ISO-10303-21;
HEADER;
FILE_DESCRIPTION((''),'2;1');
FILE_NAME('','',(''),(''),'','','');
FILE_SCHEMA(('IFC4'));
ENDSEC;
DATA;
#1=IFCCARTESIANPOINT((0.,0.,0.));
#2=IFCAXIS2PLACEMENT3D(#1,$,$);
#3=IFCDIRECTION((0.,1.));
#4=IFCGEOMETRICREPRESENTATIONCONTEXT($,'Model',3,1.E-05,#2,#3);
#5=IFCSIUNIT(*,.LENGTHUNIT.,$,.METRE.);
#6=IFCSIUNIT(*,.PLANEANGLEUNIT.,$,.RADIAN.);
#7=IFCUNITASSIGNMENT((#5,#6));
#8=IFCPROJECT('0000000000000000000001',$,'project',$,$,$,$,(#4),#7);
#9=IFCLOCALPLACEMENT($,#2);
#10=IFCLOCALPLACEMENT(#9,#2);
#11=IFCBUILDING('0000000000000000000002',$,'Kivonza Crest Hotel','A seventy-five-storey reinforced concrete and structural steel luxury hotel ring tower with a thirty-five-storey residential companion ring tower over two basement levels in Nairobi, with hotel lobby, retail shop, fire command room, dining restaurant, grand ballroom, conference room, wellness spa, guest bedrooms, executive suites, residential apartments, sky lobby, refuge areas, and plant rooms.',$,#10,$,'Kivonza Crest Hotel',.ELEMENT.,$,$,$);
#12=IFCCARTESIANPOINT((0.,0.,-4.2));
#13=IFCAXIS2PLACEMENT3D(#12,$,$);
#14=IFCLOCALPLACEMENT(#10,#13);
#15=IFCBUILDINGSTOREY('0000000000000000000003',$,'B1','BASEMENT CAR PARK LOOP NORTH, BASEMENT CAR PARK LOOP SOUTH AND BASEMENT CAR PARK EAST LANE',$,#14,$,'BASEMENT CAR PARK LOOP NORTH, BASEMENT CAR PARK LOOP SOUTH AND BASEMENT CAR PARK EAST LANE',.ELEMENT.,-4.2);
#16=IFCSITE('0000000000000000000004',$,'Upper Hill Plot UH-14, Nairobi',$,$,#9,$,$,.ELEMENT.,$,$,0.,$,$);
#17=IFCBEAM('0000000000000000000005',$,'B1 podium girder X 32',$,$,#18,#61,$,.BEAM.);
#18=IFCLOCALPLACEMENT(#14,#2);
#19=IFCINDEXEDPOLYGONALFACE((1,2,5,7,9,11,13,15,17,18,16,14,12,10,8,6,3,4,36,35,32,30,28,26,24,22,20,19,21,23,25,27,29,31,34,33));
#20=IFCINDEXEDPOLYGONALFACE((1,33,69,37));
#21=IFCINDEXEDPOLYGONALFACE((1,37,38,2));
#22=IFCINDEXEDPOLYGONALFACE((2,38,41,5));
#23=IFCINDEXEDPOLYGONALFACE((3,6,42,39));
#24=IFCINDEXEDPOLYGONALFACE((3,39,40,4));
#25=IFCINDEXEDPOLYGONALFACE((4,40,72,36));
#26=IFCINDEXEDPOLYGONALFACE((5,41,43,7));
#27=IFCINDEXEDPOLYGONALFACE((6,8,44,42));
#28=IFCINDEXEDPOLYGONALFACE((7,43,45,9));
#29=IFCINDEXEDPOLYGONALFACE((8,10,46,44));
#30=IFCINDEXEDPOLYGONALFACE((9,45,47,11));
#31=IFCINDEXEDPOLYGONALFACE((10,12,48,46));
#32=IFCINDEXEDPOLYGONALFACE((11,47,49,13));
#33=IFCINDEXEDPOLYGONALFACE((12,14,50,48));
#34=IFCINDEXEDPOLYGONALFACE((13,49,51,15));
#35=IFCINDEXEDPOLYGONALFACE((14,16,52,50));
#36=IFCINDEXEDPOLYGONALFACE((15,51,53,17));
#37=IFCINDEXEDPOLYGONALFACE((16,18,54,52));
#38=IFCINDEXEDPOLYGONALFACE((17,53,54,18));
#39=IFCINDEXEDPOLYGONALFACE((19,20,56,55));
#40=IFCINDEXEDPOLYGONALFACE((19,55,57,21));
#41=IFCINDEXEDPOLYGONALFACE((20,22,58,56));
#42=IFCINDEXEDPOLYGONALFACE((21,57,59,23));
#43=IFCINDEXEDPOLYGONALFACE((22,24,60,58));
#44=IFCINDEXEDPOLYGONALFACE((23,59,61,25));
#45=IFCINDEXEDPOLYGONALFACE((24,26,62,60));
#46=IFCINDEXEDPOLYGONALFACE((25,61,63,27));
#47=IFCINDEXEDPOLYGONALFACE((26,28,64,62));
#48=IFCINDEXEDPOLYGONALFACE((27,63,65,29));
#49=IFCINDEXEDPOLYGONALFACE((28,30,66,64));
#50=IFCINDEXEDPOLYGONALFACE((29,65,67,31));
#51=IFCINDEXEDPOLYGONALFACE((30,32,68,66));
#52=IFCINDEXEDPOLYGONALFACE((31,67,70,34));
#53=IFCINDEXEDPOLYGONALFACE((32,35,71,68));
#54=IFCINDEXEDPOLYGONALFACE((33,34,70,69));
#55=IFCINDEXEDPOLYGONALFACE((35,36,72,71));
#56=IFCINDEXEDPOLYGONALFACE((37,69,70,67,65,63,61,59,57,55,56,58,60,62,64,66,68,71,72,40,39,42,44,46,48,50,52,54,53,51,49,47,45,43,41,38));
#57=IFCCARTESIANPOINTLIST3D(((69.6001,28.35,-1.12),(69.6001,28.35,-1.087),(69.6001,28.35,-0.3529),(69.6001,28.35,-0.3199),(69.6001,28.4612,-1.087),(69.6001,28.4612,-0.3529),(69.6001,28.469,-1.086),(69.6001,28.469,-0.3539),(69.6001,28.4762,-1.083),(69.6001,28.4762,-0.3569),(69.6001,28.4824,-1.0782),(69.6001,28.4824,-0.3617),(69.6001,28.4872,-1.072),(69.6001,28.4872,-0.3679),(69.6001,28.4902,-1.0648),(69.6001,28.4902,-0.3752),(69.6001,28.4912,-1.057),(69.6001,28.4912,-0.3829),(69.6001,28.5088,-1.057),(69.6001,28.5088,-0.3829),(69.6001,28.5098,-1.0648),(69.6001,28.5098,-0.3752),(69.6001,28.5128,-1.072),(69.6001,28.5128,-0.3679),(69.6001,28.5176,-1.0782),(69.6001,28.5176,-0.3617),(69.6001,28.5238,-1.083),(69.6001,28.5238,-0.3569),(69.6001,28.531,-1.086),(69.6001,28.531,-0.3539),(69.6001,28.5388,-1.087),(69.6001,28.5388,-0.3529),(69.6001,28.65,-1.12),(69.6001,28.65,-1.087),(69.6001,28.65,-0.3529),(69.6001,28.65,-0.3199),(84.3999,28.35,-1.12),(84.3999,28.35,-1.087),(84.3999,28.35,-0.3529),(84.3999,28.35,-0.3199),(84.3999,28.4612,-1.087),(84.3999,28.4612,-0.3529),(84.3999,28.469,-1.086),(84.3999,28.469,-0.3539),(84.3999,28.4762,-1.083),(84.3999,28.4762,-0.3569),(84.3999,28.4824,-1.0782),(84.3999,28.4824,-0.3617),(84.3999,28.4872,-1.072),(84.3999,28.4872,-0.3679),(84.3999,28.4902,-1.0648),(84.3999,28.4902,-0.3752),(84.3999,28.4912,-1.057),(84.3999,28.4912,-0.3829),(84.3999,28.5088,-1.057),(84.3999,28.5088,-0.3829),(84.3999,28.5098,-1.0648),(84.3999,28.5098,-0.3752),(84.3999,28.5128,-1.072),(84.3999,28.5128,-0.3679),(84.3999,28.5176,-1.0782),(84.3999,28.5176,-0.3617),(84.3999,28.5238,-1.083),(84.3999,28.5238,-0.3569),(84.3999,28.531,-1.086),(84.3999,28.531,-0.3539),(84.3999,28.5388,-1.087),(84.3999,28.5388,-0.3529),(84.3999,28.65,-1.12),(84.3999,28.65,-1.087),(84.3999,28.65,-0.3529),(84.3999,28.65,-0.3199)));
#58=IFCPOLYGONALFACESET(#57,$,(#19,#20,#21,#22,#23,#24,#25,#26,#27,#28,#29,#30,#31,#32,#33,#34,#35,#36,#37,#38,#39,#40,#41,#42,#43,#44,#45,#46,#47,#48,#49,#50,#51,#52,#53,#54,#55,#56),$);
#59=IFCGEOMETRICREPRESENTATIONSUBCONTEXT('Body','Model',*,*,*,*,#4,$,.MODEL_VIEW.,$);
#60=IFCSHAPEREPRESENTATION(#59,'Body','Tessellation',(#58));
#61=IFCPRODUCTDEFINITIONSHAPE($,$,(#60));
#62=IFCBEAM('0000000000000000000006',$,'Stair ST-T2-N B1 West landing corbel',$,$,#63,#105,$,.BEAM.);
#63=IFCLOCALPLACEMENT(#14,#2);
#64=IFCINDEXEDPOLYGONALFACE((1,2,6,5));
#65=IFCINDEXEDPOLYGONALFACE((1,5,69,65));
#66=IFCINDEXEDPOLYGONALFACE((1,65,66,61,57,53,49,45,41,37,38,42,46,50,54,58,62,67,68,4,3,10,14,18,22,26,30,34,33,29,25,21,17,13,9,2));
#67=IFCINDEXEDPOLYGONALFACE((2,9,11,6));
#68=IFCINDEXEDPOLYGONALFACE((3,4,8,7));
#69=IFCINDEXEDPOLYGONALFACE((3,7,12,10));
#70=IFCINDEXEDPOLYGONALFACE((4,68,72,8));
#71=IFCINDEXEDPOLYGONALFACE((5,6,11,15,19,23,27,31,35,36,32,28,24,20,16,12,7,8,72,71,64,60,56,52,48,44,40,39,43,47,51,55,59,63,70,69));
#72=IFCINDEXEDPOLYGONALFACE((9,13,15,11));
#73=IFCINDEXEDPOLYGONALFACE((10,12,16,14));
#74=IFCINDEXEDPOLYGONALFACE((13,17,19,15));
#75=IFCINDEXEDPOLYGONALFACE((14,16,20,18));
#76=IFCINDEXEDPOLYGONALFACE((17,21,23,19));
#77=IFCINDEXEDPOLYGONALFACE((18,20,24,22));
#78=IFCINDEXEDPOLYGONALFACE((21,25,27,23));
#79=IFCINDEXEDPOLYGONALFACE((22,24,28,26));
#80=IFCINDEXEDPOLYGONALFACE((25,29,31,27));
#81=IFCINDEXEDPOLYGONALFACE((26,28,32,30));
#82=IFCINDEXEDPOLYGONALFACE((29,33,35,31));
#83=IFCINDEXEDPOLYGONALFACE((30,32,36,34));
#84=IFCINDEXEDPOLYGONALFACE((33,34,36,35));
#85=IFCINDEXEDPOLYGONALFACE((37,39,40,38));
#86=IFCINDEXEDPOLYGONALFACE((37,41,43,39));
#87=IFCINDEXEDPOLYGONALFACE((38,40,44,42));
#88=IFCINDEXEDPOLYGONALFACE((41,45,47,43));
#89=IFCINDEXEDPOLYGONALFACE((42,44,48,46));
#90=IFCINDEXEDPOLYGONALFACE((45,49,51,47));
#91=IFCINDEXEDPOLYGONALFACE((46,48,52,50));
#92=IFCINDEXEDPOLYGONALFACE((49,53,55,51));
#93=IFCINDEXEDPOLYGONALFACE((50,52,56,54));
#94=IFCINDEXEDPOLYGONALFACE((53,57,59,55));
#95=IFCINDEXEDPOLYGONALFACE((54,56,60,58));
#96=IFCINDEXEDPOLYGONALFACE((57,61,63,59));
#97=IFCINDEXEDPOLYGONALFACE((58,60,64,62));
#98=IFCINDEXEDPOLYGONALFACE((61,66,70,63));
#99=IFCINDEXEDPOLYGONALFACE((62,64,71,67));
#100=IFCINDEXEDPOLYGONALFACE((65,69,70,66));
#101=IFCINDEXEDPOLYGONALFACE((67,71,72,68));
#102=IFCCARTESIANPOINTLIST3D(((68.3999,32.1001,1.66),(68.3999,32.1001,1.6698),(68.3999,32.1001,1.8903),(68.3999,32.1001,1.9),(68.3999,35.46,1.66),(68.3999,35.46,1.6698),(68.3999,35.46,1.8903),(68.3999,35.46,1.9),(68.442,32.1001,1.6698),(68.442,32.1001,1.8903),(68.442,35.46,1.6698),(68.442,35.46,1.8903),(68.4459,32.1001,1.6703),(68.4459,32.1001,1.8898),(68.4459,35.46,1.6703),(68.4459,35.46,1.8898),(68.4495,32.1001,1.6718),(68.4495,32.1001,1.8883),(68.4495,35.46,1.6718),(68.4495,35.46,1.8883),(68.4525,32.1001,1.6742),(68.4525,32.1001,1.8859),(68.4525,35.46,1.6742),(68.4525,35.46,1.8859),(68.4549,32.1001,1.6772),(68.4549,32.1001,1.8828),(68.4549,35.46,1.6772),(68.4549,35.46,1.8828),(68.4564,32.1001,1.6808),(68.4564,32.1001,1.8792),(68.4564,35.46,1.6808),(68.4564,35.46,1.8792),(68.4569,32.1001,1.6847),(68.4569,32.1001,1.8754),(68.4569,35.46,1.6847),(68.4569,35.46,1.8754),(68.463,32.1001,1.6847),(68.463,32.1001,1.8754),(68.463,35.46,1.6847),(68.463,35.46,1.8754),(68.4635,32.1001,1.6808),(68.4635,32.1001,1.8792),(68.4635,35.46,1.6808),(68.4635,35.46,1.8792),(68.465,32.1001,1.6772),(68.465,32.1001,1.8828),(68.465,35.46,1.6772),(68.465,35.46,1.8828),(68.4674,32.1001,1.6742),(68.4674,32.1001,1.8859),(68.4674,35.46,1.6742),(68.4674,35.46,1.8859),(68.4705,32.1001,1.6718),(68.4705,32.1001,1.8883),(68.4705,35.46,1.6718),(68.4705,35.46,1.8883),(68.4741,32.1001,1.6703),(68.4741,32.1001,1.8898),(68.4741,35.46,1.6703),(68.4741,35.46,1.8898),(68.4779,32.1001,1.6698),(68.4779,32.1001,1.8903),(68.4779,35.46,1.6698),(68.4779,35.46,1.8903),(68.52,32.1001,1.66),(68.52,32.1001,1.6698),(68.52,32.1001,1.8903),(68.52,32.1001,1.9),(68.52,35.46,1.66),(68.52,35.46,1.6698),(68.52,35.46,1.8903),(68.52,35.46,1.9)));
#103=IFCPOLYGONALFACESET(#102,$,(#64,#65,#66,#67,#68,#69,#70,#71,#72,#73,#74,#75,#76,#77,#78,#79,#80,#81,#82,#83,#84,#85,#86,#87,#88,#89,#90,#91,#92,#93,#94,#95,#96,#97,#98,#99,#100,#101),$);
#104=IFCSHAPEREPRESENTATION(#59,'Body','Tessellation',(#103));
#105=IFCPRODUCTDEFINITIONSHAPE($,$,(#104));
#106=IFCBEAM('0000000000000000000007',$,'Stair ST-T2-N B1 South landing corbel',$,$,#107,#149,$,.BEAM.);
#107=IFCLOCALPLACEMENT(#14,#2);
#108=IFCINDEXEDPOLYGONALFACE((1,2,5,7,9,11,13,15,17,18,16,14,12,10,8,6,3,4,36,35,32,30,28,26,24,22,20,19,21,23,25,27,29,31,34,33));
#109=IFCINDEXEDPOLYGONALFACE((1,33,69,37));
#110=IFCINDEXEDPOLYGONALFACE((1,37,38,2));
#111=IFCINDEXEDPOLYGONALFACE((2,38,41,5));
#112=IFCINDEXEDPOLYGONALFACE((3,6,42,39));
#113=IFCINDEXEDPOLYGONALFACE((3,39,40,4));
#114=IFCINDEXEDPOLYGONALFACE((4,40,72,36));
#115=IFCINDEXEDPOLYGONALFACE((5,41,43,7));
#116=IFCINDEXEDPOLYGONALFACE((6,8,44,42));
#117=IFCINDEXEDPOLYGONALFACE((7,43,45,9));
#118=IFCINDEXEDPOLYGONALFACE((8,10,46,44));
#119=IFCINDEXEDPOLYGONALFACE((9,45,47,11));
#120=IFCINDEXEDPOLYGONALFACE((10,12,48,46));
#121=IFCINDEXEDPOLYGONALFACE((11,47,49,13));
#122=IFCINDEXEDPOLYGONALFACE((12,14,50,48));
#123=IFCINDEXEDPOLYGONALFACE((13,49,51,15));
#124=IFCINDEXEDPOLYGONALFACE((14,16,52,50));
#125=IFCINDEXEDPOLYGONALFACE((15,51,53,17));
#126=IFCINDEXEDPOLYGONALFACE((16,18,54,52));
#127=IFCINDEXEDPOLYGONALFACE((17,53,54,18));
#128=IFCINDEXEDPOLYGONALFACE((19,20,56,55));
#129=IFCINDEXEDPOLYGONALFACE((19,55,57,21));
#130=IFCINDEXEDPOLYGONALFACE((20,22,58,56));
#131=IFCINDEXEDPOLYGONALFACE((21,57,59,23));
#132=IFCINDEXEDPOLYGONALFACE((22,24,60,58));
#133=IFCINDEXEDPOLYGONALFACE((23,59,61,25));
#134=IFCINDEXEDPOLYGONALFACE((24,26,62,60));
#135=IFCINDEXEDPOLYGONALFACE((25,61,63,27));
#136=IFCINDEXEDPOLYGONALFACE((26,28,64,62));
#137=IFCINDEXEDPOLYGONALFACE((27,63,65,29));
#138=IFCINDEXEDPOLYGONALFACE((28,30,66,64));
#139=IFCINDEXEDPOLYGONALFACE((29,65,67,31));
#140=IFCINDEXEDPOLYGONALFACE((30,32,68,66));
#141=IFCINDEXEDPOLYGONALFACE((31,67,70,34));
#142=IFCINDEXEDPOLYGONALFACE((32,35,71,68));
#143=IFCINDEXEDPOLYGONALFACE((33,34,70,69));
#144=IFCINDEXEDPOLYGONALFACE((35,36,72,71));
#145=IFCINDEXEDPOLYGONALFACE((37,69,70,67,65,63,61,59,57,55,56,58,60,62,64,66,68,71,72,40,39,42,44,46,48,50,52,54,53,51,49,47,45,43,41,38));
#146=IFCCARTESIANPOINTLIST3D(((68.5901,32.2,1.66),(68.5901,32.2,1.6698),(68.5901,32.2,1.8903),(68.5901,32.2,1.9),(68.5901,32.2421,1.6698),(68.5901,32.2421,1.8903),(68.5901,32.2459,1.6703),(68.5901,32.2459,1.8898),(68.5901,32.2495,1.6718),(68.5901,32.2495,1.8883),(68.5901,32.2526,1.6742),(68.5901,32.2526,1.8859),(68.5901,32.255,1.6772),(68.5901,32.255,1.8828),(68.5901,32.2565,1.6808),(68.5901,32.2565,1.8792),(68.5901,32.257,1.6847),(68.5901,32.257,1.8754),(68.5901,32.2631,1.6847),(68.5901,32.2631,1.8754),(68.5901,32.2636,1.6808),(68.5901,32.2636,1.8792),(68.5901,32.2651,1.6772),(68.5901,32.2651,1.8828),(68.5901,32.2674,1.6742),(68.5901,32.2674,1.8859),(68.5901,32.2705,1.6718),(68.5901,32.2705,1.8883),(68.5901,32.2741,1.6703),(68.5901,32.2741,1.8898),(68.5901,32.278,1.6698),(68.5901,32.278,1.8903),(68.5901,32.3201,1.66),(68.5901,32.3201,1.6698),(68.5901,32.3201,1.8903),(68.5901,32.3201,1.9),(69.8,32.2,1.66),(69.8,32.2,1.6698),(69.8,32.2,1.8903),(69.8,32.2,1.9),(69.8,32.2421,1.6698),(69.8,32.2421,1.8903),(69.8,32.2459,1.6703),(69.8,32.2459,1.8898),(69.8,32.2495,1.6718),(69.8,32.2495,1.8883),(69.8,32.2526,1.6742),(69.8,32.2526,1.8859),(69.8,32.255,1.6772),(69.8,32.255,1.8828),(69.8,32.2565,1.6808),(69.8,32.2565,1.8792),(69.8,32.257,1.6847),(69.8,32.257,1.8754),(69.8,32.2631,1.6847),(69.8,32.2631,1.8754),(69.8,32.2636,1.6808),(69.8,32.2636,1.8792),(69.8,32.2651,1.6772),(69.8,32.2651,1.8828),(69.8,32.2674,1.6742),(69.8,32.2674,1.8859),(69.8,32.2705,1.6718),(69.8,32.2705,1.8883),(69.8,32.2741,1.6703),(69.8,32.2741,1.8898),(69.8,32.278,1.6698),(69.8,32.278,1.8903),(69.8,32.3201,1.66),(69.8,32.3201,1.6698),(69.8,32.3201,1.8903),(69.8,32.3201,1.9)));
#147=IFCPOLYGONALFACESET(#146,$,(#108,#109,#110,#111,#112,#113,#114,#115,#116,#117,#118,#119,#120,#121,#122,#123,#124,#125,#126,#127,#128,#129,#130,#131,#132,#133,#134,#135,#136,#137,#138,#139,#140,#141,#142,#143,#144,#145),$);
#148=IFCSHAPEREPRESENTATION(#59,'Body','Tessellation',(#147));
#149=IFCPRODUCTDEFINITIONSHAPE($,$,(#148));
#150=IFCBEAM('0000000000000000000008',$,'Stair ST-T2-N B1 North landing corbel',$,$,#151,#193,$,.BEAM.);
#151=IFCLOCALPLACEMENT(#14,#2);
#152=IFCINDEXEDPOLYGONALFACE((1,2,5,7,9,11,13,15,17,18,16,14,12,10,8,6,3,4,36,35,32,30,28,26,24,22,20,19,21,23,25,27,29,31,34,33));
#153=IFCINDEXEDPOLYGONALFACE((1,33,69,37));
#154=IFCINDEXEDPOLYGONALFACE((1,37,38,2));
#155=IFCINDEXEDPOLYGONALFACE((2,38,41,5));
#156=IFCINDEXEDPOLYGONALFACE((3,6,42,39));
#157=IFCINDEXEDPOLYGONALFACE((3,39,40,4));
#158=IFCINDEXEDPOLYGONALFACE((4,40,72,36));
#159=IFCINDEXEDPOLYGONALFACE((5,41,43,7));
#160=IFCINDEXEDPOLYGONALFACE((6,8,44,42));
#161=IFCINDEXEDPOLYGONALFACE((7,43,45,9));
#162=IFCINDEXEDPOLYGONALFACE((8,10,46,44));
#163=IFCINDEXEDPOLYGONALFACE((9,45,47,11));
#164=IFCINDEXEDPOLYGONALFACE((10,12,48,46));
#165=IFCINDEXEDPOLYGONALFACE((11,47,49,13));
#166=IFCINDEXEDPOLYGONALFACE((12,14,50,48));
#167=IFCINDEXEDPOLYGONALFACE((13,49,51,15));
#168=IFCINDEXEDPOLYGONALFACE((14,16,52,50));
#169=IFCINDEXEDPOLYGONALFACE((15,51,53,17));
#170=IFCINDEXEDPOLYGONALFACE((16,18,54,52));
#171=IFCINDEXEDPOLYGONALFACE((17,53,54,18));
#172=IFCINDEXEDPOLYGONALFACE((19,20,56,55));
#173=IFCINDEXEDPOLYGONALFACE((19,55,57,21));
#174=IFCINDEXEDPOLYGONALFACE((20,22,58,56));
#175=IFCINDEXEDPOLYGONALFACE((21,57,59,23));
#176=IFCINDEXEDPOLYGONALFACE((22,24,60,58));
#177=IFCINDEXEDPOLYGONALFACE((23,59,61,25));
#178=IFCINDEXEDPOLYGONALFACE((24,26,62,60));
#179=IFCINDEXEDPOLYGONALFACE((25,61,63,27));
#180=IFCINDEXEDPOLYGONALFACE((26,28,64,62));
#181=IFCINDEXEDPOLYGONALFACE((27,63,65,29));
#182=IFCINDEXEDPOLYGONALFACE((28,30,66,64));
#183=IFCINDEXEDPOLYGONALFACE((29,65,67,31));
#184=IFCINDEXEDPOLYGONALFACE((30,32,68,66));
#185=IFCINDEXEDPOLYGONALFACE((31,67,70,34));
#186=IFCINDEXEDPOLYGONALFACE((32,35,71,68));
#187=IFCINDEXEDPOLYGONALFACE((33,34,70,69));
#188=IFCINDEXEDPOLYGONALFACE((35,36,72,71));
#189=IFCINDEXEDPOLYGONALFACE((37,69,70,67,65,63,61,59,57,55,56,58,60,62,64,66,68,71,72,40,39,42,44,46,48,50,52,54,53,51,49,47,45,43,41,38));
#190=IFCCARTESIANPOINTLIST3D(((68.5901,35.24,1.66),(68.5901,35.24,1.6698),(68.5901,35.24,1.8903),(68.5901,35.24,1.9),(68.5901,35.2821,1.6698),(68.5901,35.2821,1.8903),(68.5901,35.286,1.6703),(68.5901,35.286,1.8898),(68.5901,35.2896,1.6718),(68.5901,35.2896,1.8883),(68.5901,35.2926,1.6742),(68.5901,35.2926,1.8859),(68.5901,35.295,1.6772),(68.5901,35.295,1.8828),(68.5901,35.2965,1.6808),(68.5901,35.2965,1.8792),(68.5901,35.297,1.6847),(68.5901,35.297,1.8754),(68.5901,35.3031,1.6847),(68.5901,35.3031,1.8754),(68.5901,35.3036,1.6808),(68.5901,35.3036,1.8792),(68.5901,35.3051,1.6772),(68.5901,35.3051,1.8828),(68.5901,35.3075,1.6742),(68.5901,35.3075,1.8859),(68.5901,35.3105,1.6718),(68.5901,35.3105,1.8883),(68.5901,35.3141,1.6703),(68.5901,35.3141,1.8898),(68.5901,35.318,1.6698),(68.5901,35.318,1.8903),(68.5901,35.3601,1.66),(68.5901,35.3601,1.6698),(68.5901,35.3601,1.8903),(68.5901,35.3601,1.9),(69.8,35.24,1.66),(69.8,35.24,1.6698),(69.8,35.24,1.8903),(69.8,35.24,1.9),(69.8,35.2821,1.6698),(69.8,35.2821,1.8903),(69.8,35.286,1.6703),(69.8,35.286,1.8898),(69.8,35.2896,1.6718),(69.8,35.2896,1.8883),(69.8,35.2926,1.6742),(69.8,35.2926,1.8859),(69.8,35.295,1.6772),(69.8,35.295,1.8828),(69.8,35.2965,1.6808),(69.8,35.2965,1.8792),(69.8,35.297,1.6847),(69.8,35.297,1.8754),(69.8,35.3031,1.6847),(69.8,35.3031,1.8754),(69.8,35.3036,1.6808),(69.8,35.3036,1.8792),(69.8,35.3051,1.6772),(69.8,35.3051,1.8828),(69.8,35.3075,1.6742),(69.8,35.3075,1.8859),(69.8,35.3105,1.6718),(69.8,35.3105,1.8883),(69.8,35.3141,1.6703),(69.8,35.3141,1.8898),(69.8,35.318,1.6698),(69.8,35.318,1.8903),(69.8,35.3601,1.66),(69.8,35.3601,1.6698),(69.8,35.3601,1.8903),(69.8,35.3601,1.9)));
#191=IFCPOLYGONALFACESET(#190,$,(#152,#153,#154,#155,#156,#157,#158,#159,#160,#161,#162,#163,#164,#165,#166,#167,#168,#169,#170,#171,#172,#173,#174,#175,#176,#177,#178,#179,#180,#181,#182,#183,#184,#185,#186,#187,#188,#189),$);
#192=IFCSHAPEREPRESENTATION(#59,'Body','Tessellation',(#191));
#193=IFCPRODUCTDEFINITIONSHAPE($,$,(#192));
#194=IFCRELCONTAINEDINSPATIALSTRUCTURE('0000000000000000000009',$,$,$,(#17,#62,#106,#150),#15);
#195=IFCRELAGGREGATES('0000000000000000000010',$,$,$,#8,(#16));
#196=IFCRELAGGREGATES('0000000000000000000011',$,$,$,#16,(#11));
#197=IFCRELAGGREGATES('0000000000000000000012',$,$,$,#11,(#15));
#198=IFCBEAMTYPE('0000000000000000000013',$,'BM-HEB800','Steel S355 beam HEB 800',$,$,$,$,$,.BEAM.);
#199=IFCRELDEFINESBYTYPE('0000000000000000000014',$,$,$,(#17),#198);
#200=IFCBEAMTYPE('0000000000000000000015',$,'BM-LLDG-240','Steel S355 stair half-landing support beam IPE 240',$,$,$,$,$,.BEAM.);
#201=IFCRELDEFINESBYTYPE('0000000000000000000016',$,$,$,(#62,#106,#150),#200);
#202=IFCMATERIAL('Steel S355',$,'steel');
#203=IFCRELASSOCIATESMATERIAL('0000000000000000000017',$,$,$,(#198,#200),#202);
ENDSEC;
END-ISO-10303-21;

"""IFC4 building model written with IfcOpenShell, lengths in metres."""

from ifc_helpers import new_model, si_unit, direction, frame, origin, origin_2d, place, context, subcontext, project, spatial, i_section, extrude, material, material_profile, profile_set, type_object, element, save


model = new_model("IFC4")

# Units and contexts
model_context = context("Model", 3, precision=1e-05, world=origin(), true_north=direction((0.0, 1.0)))
body_context = subcontext(model_context, "Body", "Model", "MODEL_VIEW")
ifc_project = project(units=[si_unit("LENGTHUNIT", "METRE"), si_unit("PLANEANGLEUNIT", "RADIAN")], contexts=[model_context])

# Site, building, storey
site_placement = place(None, origin())
site = spatial("IfcSite", under=ifc_project, at=site_placement, Name="Upper Hill Plot UH-14, Nairobi", CompositionType="ELEMENT", RefElevation=0.0)
building_placement = place(site_placement, origin())
building = spatial("IfcBuilding", under=site, at=building_placement, Name="Kivonza Crest Hotel", Description="A seventy-five-storey reinforced concrete and structural steel luxury hotel ring tower with a thirty-five-storey residential companion ring tower over two basement levels in Nairobi, with hotel lobby, retail shop, fire command room, dining restaurant, grand ballroom, conference room, wellness spa, guest bedrooms, executive suites, residential apartments, sky lobby, refuge areas, and plant rooms.", LongName="Kivonza Crest Hotel", CompositionType="ELEMENT")
storey_placement = place(building_placement, frame((0.0, 0.0, -4.2)))
storey = spatial("IfcBuildingStorey", under=building, at=storey_placement, Name="B1", Description="BASEMENT CAR PARK LOOP NORTH, BASEMENT CAR PARK LOOP SOUTH AND BASEMENT CAR PARK EAST LANE", LongName="BASEMENT CAR PARK LOOP NORTH, BASEMENT CAR PARK LOOP SOUTH AND BASEMENT CAR PARK EAST LANE", CompositionType="ELEMENT", Elevation=-4.2)

# Beams
ifc_material_1 = material(Name="Steel S355", Category="steel")
ifc_material_profile_1 = material_profile(ifc_material_1, i_section(OverallWidth=0.3, OverallDepth=0.8, WebThickness=0.0176, FlangeThickness=0.033, FilletRadius=0.03, at=origin_2d()), Name="HEB 800")
ifc_profile_set_1 = profile_set([ifc_material_profile_1], Name="Steel S355")
beam_type_1 = type_object("IfcBeamType", Name="BM-HEB800", Description="Steel S355 beam HEB 800", PredefinedType="BEAM", material=ifc_profile_set_1)
beam_1_placement = place(storey_placement, frame((69.6001, 28.5, -0.72), z_axis=(1.0, 0.0, 0.0), x_axis=(0.0, 1.0, 0.0)))
element("IfcBeam", 1, at=beam_1_placement, inside=storey, type_object=beam_type_1, Name="B1 podium girder X 32", PredefinedType="BEAM", context=body_context, shape_type="SweptSolid", body=[
    extrude(i_section(OverallWidth=0.3, OverallDepth=0.8, WebThickness=0.0176, FlangeThickness=0.033, FilletRadius=0.03, at=origin_2d()), origin(), (0.0, 0.0, 1.0), 14.7998),
])
ifc_material_profile_2 = material_profile(ifc_material_1, i_section(OverallWidth=0.1201, OverallDepth=0.24, WebThickness=0.0061, FlangeThickness=0.0098, FilletRadius=0.0149, at=origin_2d()), Name="IPE 240")
ifc_profile_set_2 = profile_set([ifc_material_profile_2], Name="Steel S355")
beam_type_2 = type_object("IfcBeamType", Name="BM-LLDG-240", Description="Steel S355 stair half-landing support beam IPE 240", PredefinedType="BEAM", material=ifc_profile_set_2)
beam_2_placement = place(storey_placement, frame((68.46, 32.1001, 1.78), z_axis=(0.0, 1.0, 0.0), x_axis=(-1.0, 0.0, 0.0)))
element("IfcBeam", 2, at=beam_2_placement, inside=storey, type_object=beam_type_2, Name="Stair ST-T2-N B1 West landing corbel", PredefinedType="BEAM", context=body_context, shape_type="SweptSolid", body=[
    extrude(i_section(OverallWidth=0.1201, OverallDepth=0.24, WebThickness=0.0061, FlangeThickness=0.0098, FilletRadius=0.0149, at=origin_2d()), origin(), (0.0, 0.0, 1.0), 3.3599),
])
for number, where, z_axis, x_axis, name in (
    (3, (68.5901, 32.26, 1.78), (1.0, 0.0, 0.0), (0.0, 1.0, 0.0), "Stair ST-T2-N B1 South landing corbel"),
    (4, (68.5901, 35.3, 1.78), (1.0, 0.0, 0.0), (0.0, 1.0, 0.0), "Stair ST-T2-N B1 North landing corbel"),
):
    element("IfcBeam", number, at=place(storey_placement, frame(where, z_axis=z_axis, x_axis=x_axis)), inside=storey, type_object=beam_type_2, Name=name, PredefinedType="BEAM", context=body_context, shape_type="SweptSolid", body=[
        extrude(i_section(OverallWidth=0.1201, OverallDepth=0.24, WebThickness=0.0061, FlangeThickness=0.0098, FilletRadius=0.0149, at=origin_2d()), origin(), (0.0, 0.0, 1.0), 1.21),
    ])

save(model, "model.ifc")
